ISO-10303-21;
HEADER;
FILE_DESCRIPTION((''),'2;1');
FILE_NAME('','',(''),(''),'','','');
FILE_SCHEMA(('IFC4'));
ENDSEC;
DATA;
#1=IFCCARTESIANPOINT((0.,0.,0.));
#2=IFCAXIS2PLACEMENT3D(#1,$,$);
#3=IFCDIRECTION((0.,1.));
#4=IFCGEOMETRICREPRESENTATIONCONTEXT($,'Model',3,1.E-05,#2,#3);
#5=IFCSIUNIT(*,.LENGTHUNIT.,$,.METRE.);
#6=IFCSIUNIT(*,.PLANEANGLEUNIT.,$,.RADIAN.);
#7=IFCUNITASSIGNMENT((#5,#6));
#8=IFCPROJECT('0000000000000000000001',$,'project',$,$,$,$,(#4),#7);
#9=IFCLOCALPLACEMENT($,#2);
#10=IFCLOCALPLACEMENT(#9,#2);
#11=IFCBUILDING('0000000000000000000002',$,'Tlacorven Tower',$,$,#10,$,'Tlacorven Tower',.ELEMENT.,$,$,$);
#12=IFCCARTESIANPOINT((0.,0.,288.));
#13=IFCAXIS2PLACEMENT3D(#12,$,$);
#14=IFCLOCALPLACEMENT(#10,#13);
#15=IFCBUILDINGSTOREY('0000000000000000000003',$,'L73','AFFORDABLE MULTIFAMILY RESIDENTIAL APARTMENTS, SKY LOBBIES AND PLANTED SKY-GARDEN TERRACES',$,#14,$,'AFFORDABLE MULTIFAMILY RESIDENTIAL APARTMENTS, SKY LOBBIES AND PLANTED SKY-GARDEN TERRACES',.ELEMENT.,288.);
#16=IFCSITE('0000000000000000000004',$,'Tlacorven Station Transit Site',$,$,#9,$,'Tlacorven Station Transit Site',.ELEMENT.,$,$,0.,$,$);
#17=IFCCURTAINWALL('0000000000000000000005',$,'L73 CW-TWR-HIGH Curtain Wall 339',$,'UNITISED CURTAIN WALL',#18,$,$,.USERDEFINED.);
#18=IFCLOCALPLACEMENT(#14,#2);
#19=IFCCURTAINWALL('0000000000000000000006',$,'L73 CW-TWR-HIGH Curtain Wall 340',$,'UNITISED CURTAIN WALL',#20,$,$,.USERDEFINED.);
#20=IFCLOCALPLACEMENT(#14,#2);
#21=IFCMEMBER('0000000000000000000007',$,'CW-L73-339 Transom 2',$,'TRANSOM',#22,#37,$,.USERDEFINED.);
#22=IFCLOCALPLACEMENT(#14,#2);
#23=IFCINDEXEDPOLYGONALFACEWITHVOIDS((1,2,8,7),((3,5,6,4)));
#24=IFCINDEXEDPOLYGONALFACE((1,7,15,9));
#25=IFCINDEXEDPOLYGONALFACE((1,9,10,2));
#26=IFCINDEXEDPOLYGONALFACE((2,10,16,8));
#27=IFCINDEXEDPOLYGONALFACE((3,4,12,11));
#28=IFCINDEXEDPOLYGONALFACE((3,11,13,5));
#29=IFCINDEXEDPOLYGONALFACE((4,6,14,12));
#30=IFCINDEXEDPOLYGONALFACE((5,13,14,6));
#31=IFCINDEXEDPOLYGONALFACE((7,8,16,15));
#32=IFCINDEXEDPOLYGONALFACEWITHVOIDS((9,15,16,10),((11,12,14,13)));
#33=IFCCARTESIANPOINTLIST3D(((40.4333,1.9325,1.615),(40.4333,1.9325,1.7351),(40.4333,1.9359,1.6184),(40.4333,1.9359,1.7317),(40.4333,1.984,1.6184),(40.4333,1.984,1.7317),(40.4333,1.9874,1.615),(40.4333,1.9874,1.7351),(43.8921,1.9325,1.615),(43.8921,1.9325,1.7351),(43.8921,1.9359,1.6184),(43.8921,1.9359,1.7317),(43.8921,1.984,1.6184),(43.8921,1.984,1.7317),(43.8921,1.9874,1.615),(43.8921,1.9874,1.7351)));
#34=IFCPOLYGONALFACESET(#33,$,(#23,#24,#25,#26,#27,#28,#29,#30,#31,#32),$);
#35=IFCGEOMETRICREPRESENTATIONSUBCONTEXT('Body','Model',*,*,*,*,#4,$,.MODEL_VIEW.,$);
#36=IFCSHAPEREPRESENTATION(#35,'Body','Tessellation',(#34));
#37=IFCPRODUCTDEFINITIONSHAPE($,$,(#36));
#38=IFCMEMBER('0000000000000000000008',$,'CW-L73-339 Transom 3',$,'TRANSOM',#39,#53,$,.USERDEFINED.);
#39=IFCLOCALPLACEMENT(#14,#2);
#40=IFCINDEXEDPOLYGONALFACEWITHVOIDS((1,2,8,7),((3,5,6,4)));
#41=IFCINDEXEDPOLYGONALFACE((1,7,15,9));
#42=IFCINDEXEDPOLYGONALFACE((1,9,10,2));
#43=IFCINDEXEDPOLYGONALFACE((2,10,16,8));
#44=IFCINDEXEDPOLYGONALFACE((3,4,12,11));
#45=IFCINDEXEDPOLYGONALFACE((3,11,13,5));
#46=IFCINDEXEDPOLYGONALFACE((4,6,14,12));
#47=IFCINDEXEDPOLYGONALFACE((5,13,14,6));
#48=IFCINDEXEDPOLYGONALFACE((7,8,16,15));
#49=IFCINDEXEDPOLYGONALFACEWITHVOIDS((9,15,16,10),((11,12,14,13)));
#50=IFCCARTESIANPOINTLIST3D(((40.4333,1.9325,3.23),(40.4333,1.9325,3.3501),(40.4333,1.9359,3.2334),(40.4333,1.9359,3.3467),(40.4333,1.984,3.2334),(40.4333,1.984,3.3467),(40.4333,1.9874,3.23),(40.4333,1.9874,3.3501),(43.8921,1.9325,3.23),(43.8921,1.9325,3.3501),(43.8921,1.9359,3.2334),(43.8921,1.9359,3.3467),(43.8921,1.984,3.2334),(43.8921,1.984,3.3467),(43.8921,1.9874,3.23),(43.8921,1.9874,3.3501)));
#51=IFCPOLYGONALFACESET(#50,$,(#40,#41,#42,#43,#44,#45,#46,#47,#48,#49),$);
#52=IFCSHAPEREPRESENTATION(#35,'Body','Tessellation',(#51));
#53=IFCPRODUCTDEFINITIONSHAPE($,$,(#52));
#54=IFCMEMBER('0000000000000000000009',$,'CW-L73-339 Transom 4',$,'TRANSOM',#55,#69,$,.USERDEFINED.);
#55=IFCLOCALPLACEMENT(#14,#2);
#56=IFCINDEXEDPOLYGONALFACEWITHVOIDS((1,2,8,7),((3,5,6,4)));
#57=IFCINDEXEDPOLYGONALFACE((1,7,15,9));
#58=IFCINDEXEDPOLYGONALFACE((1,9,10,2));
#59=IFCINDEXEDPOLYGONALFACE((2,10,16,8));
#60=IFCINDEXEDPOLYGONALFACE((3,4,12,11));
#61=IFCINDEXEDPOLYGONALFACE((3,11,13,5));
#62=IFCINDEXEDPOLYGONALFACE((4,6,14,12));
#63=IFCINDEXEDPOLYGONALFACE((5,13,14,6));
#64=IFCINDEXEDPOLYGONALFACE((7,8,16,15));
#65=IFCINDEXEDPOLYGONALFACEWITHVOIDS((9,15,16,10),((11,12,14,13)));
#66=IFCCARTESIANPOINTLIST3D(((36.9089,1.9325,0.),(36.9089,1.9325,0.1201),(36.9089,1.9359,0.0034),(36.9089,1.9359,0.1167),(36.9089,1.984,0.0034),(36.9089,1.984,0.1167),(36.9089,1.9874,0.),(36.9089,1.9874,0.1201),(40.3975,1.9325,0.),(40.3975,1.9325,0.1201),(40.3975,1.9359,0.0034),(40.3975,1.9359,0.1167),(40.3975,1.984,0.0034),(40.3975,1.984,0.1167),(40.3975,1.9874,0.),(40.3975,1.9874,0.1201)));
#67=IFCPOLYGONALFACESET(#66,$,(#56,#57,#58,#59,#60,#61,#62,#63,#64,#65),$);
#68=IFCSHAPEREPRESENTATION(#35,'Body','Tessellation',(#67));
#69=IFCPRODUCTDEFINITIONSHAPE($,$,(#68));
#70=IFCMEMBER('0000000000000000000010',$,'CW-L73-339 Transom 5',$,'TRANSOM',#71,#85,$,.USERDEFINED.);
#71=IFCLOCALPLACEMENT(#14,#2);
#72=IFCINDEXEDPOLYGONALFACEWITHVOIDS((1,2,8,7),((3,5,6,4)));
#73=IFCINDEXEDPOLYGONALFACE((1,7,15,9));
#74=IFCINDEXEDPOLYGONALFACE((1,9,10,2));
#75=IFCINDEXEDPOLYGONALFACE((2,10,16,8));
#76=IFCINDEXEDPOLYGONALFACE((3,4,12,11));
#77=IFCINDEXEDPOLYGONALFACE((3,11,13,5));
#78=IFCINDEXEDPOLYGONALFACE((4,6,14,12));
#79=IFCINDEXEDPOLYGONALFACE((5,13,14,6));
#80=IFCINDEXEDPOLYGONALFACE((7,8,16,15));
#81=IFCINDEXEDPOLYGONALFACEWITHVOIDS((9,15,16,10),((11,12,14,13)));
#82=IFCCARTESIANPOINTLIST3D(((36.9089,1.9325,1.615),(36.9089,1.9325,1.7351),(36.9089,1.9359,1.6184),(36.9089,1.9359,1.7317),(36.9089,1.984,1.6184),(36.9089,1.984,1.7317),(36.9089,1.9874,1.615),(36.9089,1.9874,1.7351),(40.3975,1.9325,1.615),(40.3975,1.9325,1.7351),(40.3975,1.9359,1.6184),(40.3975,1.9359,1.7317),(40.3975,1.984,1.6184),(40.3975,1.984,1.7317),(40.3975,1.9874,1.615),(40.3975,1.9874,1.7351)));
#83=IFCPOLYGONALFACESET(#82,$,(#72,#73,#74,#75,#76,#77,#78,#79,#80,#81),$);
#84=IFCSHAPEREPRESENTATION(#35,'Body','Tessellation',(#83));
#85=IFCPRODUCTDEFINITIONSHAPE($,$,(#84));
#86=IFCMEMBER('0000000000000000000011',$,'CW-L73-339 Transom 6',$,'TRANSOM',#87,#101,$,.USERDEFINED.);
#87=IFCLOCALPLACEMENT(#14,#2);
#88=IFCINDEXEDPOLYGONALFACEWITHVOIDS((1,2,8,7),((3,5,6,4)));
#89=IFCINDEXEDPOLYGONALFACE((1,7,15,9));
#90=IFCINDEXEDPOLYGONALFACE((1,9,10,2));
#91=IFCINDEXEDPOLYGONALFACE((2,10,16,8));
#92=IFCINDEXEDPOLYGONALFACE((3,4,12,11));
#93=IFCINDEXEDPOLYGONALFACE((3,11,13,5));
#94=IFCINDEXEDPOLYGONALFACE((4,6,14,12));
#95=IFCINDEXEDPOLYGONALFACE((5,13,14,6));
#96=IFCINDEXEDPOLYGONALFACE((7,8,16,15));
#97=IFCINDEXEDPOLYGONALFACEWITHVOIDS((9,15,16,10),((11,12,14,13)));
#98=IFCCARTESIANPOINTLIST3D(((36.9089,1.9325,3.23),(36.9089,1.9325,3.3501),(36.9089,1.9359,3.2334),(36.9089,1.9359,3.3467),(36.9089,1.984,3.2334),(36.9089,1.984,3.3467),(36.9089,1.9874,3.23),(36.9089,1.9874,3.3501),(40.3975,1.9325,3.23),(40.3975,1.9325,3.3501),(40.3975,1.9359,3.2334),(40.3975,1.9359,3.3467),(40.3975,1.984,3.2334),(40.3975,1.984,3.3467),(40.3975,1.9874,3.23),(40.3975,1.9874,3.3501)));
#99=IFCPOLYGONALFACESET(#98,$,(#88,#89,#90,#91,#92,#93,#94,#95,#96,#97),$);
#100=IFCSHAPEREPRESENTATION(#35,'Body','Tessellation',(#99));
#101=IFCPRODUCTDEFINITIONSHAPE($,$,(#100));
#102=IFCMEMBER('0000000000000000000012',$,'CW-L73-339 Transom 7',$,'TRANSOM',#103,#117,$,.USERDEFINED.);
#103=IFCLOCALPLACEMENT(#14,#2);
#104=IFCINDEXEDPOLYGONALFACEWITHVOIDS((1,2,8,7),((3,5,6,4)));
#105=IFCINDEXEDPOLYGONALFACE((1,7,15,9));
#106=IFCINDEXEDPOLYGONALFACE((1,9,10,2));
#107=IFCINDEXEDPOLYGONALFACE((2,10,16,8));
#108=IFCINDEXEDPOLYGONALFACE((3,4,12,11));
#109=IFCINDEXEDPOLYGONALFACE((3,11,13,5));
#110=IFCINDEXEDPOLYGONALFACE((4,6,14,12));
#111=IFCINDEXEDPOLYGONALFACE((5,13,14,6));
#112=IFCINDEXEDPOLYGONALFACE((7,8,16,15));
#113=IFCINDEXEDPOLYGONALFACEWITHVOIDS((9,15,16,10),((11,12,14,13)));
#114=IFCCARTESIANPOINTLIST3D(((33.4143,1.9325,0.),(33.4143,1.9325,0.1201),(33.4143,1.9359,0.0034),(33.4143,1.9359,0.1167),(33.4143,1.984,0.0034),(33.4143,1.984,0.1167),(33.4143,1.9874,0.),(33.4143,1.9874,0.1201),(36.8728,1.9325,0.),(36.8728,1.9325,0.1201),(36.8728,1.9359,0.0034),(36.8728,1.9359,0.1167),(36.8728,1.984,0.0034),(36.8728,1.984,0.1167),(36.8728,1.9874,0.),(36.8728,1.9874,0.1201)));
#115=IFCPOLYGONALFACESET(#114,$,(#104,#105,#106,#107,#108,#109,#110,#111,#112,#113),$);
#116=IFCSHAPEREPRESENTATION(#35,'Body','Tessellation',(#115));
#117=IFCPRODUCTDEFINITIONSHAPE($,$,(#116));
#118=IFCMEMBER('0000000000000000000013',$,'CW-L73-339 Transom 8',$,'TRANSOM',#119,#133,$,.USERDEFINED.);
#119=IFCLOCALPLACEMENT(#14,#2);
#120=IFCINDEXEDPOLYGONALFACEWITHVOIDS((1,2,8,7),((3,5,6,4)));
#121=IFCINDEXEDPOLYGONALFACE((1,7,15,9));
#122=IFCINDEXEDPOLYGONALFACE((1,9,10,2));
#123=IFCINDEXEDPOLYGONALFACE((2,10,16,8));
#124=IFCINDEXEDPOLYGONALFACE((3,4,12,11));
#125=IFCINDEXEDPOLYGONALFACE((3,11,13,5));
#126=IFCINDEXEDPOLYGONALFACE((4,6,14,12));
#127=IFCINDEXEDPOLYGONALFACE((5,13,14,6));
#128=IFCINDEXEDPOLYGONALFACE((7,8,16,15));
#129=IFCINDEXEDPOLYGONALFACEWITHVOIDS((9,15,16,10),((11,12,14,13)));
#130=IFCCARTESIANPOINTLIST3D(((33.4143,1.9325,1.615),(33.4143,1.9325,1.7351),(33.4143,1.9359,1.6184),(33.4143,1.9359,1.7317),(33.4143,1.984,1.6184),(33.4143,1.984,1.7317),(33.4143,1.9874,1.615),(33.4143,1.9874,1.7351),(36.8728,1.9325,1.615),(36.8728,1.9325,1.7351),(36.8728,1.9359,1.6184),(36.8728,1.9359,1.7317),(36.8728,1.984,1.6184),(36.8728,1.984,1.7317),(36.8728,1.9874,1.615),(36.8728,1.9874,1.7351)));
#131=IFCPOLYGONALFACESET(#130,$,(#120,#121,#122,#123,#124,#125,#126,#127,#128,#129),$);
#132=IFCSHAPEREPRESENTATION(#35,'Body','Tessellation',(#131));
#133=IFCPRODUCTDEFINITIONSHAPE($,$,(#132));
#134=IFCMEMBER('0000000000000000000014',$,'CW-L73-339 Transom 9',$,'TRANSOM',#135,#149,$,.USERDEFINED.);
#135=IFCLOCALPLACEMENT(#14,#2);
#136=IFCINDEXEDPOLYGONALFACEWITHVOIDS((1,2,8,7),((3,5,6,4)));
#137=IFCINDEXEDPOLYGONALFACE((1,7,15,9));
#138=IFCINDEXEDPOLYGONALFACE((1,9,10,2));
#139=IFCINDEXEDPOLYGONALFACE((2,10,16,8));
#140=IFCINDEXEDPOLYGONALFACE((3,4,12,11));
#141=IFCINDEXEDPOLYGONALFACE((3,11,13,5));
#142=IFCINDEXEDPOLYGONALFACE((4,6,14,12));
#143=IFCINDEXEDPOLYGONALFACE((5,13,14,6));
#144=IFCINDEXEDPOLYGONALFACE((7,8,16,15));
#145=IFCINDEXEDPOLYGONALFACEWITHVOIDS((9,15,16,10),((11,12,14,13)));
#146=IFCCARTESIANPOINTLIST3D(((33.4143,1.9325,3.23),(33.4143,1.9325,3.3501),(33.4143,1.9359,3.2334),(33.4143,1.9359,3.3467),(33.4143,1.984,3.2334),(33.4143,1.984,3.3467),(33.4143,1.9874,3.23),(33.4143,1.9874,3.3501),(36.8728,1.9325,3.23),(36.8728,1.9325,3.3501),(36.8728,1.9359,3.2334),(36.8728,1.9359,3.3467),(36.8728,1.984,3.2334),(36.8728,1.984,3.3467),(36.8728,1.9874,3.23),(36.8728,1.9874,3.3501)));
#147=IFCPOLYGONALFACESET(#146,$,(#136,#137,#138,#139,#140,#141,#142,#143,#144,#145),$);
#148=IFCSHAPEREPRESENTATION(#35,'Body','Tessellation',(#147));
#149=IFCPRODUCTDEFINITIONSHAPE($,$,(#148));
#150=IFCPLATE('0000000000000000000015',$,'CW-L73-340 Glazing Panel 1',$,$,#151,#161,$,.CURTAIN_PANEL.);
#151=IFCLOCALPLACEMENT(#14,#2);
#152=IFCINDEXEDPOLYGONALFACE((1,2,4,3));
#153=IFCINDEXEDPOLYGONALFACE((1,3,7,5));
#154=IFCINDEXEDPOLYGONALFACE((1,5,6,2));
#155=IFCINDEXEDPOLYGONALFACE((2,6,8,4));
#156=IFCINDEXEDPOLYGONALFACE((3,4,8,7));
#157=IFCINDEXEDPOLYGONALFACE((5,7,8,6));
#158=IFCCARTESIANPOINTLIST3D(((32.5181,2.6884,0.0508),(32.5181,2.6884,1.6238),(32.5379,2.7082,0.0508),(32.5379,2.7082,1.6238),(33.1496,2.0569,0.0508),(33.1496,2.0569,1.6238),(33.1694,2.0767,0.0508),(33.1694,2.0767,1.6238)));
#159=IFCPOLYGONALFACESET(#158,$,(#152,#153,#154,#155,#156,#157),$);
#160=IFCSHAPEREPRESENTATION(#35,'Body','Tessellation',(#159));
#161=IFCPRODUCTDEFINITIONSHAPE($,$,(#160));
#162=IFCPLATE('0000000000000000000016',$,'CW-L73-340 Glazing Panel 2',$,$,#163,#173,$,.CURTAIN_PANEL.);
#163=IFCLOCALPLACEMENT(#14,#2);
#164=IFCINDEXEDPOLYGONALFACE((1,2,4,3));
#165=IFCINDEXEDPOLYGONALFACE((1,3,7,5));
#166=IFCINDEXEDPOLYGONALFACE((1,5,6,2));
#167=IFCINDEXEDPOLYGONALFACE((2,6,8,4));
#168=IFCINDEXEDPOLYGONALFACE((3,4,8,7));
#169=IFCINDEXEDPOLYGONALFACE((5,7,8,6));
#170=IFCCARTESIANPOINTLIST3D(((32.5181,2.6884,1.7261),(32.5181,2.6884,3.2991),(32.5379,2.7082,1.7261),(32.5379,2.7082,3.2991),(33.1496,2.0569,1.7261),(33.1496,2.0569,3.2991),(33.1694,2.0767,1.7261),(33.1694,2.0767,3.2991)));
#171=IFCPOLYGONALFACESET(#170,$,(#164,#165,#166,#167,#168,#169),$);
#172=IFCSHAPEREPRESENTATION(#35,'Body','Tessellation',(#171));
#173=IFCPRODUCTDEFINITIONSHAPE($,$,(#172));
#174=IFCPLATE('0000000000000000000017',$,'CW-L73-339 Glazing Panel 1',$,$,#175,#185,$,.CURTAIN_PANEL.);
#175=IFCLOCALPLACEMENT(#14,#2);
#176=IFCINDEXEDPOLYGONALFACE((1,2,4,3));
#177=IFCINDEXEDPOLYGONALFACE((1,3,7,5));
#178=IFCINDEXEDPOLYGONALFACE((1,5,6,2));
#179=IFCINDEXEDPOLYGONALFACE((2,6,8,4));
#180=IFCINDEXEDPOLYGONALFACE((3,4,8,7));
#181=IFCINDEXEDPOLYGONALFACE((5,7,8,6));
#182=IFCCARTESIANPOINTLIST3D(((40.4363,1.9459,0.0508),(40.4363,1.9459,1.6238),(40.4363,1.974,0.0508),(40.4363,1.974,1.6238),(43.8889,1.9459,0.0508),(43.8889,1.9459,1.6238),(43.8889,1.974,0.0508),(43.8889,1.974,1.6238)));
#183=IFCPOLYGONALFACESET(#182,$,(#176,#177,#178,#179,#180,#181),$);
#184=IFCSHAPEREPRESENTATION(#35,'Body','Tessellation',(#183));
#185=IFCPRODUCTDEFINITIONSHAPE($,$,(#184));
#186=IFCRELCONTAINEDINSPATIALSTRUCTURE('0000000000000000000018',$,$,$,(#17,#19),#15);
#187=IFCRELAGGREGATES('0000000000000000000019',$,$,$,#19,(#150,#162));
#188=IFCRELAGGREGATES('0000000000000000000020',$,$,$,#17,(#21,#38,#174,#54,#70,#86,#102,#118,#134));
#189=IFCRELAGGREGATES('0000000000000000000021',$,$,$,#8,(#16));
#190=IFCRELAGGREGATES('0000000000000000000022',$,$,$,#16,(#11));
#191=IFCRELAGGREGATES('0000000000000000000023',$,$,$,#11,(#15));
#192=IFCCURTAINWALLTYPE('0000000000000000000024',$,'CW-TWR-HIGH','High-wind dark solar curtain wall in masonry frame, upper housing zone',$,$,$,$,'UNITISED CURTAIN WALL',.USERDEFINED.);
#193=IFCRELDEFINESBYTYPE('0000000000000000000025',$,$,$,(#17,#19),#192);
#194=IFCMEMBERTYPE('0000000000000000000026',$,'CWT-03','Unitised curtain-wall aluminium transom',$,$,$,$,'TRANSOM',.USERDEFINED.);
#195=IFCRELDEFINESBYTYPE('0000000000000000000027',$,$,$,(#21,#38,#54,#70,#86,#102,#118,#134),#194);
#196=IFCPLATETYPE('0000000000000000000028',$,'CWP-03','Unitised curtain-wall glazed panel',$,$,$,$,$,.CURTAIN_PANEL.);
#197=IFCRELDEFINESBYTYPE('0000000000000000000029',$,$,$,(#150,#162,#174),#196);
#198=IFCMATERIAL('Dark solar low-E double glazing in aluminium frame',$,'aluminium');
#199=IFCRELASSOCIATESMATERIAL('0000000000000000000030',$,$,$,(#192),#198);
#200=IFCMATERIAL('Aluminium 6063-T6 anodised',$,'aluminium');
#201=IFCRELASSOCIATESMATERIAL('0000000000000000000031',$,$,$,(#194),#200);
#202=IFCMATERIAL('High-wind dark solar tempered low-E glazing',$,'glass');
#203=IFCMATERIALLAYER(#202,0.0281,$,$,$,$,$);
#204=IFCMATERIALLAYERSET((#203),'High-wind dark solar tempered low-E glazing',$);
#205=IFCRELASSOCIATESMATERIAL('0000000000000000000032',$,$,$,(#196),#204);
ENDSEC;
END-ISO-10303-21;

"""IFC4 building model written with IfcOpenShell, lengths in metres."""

from ifc_helpers import new_model, si_unit, direction, frame, origin, origin_2d, place, context, subcontext, project, spatial, rectangle, hollow_rectangle, extrude, source, transform, mapped, material, layer, layer_set, material_profile, profile_set, type_object, element, aggregate, save


model = new_model("IFC4")

# Units and contexts
model_context = context("Model", 3, precision=1e-05, world=origin(), true_north=direction((0.0, 1.0)))
body_context = subcontext(model_context, "Body", "Model", "MODEL_VIEW")
ifc_project = project(units=[si_unit("LENGTHUNIT", "METRE"), si_unit("PLANEANGLEUNIT", "RADIAN")], contexts=[model_context])

# Site, building, storey
site_placement = place(None, origin())
site = spatial("IfcSite", under=ifc_project, at=site_placement, Name="Tlacorven Station Transit Site", LongName="Tlacorven Station Transit Site", CompositionType="ELEMENT", RefElevation=0.0)
building_placement = place(site_placement, origin())
building = spatial("IfcBuilding", under=site, at=building_placement, Name="Tlacorven Tower", LongName="Tlacorven Tower", CompositionType="ELEMENT")
storey_placement = place(building_placement, frame((0.0, 0.0, 288.0)))
storey = spatial("IfcBuildingStorey", under=building, at=storey_placement, Name="L73", Description="AFFORDABLE MULTIFAMILY RESIDENTIAL APARTMENTS, SKY LOBBIES AND PLANTED SKY-GARDEN TERRACES", LongName="AFFORDABLE MULTIFAMILY RESIDENTIAL APARTMENTS, SKY LOBBIES AND PLANTED SKY-GARDEN TERRACES", CompositionType="ELEMENT", Elevation=288.0)

# Curtain walls
ifc_material_1 = material(Name="Dark solar low-E double glazing in aluminium frame", Category="aluminium")
curtain_wall_type = type_object("IfcCurtainWallType", Name="CW-TWR-HIGH", Description="High-wind dark solar curtain wall in masonry frame, upper housing zone", ElementType="UNITISED CURTAIN WALL", PredefinedType="USERDEFINED", material=ifc_material_1)
curtain_wall_1_placement = place(storey_placement, origin())
curtain_wall_1 = element("IfcCurtainWall", 1, at=curtain_wall_1_placement, inside=storey, type_object=curtain_wall_type, Name="L73 CW-TWR-HIGH Curtain Wall 339", ObjectType="UNITISED CURTAIN WALL", PredefinedType="USERDEFINED")
ifc_material_2 = material(Name="Aluminium 6063-T6 anodised", Category="aluminium")
curtain_wall_2_placement = place(storey_placement, origin())
curtain_wall_2 = element("IfcCurtainWall", 2, at=curtain_wall_2_placement, inside=storey, type_object=curtain_wall_type, Name="L73 CW-TWR-HIGH Curtain Wall 340", ObjectType="UNITISED CURTAIN WALL", PredefinedType="USERDEFINED")
ifc_material_profile_1 = material_profile(ifc_material_2, hollow_rectangle(XDim=0.0549, YDim=0.1201, WallThickness=0.0034, at=origin_2d()), Name="ALU TRANSOM 55X120")
ifc_profile_set_1 = profile_set([ifc_material_profile_1], Name="Aluminium 6063-T6 anodised")
member_type_1 = type_object("IfcMemberType", Name="CWT-03", Description="Unitised curtain-wall aluminium transom", ElementType="TRANSOM", PredefinedType="USERDEFINED", material=ifc_profile_set_1)

# Members
shared_shape_1 = source(origin(), body_context, "Body", "SweptSolid", [
    extrude(hollow_rectangle(XDim=0.0549, YDim=0.1201, WallThickness=0.0034, at=origin_2d()), origin(), (0.0, 0.0, 1.0), 3.4587),
])
member_1_placement = place(storey_placement, frame((43.8921, 1.96, 1.675), z_axis=(-1.0, 0.0, 0.0), x_axis=(0.0, -1.0, 0.0)))
member_1 = element("IfcMember", 3, at=member_1_placement, type_object=member_type_1, Name="CW-L73-339 Transom 2", ObjectType="TRANSOM", PredefinedType="USERDEFINED", context=body_context, shape_type="MappedRepresentation", body=[
    mapped(shared_shape_1, transform((0.0, 0.0, 0.0), scale=1.0)),
])
member_2_placement = place(storey_placement, frame((43.8921, 1.96, 3.29), z_axis=(-1.0, 0.0, 0.0), x_axis=(0.0, -1.0, 0.0)))
member_2 = element("IfcMember", 4, at=member_2_placement, type_object=member_type_1, Name="CW-L73-339 Transom 3", ObjectType="TRANSOM", PredefinedType="USERDEFINED", context=body_context, shape_type="MappedRepresentation", body=[
    mapped(shared_shape_1, transform((0.0, 0.0, 0.0), scale=1.0)),
])
shared_shape_2 = source(origin(), body_context, "Body", "SweptSolid", [
    extrude(hollow_rectangle(XDim=0.0549, YDim=0.1201, WallThickness=0.0034, at=origin_2d()), origin(), (0.0, 0.0, 1.0), 3.4885),
])
member_3_placement = place(storey_placement, frame((40.3975, 1.96, 0.0601), z_axis=(-1.0, 0.0, 0.0), x_axis=(0.0, -1.0, 0.0)))
member_3 = element("IfcMember", 5, at=member_3_placement, type_object=member_type_1, Name="CW-L73-339 Transom 4", ObjectType="TRANSOM", PredefinedType="USERDEFINED", context=body_context, shape_type="MappedRepresentation", body=[
    mapped(shared_shape_2, transform((0.0, 0.0, 0.0), scale=1.0)),
])
member_4_placement = place(storey_placement, frame((40.3975, 1.96, 1.675), z_axis=(-1.0, 0.0, 0.0), x_axis=(0.0, -1.0, 0.0)))
member_4 = element("IfcMember", 6, at=member_4_placement, type_object=member_type_1, Name="CW-L73-339 Transom 5", ObjectType="TRANSOM", PredefinedType="USERDEFINED", context=body_context, shape_type="MappedRepresentation", body=[
    mapped(shared_shape_2, transform((0.0, 0.0, 0.0), scale=1.0)),
])
member_5_placement = place(storey_placement, frame((40.3975, 1.96, 3.29), z_axis=(-1.0, 0.0, 0.0), x_axis=(0.0, -1.0, 0.0)))
member_5 = element("IfcMember", 7, at=member_5_placement, type_object=member_type_1, Name="CW-L73-339 Transom 6", ObjectType="TRANSOM", PredefinedType="USERDEFINED", context=body_context, shape_type="MappedRepresentation", body=[
    mapped(shared_shape_2, transform((0.0, 0.0, 0.0), scale=1.0)),
])
shared_shape_3 = source(origin(), body_context, "Body", "SweptSolid", [
    extrude(hollow_rectangle(XDim=0.0549, YDim=0.1201, WallThickness=0.0034, at=origin_2d()), origin(), (0.0, 0.0, 1.0), 3.4585),
])
member_6_placement = place(storey_placement, frame((36.8728, 1.96, 0.0601), z_axis=(-1.0, 0.0, 0.0), x_axis=(0.0, -1.0, 0.0)))
member_6 = element("IfcMember", 8, at=member_6_placement, type_object=member_type_1, Name="CW-L73-339 Transom 7", ObjectType="TRANSOM", PredefinedType="USERDEFINED", context=body_context, shape_type="MappedRepresentation", body=[
    mapped(shared_shape_3, transform((0.0, 0.0, 0.0), scale=1.0)),
])
member_7_placement = place(storey_placement, frame((36.8728, 1.96, 1.675), z_axis=(-1.0, 0.0, 0.0), x_axis=(0.0, -1.0, 0.0)))
member_7 = element("IfcMember", 9, at=member_7_placement, type_object=member_type_1, Name="CW-L73-339 Transom 8", ObjectType="TRANSOM", PredefinedType="USERDEFINED", context=body_context, shape_type="MappedRepresentation", body=[
    mapped(shared_shape_3, transform((0.0, 0.0, 0.0), scale=1.0)),
])
member_8_placement = place(storey_placement, frame((36.8728, 1.96, 3.29), z_axis=(-1.0, 0.0, 0.0), x_axis=(0.0, -1.0, 0.0)))
member_8 = element("IfcMember", 10, at=member_8_placement, type_object=member_type_1, Name="CW-L73-339 Transom 9", ObjectType="TRANSOM", PredefinedType="USERDEFINED", context=body_context, shape_type="MappedRepresentation", body=[
    mapped(shared_shape_3, transform((0.0, 0.0, 0.0), scale=1.0)),
])

# Plates
ifc_material_3 = material(Name="High-wind dark solar tempered low-E glazing", Category="glass")
ifc_layer_1 = layer(ifc_material_3, 0.0281)
ifc_layer_set_1 = layer_set([ifc_layer_1], Name="High-wind dark solar tempered low-E glazing")
plate_type = type_object("IfcPlateType", Name="CWP-03", Description="Unitised curtain-wall glazed panel", PredefinedType="CURTAIN_PANEL", material=ifc_layer_set_1)
shared_shape_4 = source(origin(), body_context, "Body", "SweptSolid", [
    extrude(rectangle(XDim=0.8931, YDim=0.0281, at=origin_2d()), origin(), (0.0, 0.0, 1.0), 1.573),
])
plate_1_placement = place(storey_placement, frame((32.8438, 2.3826, 0.0508), z_axis=(0.0, 0.0, 1.0), x_axis=(-0.707107, 0.707107, 0.0)))
plate_1 = element("IfcPlate", 11, at=plate_1_placement, type_object=plate_type, Name="CW-L73-340 Glazing Panel 1", PredefinedType="CURTAIN_PANEL", context=body_context, shape_type="MappedRepresentation", body=[
    mapped(shared_shape_4, transform((0.0, 0.0, 0.0), scale=1.0)),
])
plate_2_placement = place(storey_placement, frame((32.8438, 2.3826, 1.7261), z_axis=(0.0, 0.0, 1.0), x_axis=(-0.707107, 0.707107, 0.0)))
plate_2 = element("IfcPlate", 12, at=plate_2_placement, type_object=plate_type, Name="CW-L73-340 Glazing Panel 2", PredefinedType="CURTAIN_PANEL", context=body_context, shape_type="MappedRepresentation", body=[
    mapped(shared_shape_4, transform((0.0, 0.0, 0.0), scale=1.0)),
])
aggregate(curtain_wall_2, [plate_1, plate_2])
shared_shape_5 = source(origin(), body_context, "Body", "SweptSolid", [
    extrude(rectangle(XDim=3.4526, YDim=0.0281, at=origin_2d()), origin(), (0.0, 0.0, 1.0), 1.573),
])
plate_3_placement = place(storey_placement, frame((42.1626, 1.96, 0.0508), z_axis=(0.0, 0.0, 1.0), x_axis=(-1.0, 0.0, 0.0)))
plate_3 = element("IfcPlate", 13, at=plate_3_placement, type_object=plate_type, Name="CW-L73-339 Glazing Panel 1", PredefinedType="CURTAIN_PANEL", context=body_context, shape_type="MappedRepresentation", body=[
    mapped(shared_shape_5, transform((0.0, 0.0, 0.0), scale=1.0)),
])
aggregate(curtain_wall_1, [member_1, member_2, plate_3, member_3, member_4, member_5, member_6, member_7, member_8])

save(model, "model.ifc")
